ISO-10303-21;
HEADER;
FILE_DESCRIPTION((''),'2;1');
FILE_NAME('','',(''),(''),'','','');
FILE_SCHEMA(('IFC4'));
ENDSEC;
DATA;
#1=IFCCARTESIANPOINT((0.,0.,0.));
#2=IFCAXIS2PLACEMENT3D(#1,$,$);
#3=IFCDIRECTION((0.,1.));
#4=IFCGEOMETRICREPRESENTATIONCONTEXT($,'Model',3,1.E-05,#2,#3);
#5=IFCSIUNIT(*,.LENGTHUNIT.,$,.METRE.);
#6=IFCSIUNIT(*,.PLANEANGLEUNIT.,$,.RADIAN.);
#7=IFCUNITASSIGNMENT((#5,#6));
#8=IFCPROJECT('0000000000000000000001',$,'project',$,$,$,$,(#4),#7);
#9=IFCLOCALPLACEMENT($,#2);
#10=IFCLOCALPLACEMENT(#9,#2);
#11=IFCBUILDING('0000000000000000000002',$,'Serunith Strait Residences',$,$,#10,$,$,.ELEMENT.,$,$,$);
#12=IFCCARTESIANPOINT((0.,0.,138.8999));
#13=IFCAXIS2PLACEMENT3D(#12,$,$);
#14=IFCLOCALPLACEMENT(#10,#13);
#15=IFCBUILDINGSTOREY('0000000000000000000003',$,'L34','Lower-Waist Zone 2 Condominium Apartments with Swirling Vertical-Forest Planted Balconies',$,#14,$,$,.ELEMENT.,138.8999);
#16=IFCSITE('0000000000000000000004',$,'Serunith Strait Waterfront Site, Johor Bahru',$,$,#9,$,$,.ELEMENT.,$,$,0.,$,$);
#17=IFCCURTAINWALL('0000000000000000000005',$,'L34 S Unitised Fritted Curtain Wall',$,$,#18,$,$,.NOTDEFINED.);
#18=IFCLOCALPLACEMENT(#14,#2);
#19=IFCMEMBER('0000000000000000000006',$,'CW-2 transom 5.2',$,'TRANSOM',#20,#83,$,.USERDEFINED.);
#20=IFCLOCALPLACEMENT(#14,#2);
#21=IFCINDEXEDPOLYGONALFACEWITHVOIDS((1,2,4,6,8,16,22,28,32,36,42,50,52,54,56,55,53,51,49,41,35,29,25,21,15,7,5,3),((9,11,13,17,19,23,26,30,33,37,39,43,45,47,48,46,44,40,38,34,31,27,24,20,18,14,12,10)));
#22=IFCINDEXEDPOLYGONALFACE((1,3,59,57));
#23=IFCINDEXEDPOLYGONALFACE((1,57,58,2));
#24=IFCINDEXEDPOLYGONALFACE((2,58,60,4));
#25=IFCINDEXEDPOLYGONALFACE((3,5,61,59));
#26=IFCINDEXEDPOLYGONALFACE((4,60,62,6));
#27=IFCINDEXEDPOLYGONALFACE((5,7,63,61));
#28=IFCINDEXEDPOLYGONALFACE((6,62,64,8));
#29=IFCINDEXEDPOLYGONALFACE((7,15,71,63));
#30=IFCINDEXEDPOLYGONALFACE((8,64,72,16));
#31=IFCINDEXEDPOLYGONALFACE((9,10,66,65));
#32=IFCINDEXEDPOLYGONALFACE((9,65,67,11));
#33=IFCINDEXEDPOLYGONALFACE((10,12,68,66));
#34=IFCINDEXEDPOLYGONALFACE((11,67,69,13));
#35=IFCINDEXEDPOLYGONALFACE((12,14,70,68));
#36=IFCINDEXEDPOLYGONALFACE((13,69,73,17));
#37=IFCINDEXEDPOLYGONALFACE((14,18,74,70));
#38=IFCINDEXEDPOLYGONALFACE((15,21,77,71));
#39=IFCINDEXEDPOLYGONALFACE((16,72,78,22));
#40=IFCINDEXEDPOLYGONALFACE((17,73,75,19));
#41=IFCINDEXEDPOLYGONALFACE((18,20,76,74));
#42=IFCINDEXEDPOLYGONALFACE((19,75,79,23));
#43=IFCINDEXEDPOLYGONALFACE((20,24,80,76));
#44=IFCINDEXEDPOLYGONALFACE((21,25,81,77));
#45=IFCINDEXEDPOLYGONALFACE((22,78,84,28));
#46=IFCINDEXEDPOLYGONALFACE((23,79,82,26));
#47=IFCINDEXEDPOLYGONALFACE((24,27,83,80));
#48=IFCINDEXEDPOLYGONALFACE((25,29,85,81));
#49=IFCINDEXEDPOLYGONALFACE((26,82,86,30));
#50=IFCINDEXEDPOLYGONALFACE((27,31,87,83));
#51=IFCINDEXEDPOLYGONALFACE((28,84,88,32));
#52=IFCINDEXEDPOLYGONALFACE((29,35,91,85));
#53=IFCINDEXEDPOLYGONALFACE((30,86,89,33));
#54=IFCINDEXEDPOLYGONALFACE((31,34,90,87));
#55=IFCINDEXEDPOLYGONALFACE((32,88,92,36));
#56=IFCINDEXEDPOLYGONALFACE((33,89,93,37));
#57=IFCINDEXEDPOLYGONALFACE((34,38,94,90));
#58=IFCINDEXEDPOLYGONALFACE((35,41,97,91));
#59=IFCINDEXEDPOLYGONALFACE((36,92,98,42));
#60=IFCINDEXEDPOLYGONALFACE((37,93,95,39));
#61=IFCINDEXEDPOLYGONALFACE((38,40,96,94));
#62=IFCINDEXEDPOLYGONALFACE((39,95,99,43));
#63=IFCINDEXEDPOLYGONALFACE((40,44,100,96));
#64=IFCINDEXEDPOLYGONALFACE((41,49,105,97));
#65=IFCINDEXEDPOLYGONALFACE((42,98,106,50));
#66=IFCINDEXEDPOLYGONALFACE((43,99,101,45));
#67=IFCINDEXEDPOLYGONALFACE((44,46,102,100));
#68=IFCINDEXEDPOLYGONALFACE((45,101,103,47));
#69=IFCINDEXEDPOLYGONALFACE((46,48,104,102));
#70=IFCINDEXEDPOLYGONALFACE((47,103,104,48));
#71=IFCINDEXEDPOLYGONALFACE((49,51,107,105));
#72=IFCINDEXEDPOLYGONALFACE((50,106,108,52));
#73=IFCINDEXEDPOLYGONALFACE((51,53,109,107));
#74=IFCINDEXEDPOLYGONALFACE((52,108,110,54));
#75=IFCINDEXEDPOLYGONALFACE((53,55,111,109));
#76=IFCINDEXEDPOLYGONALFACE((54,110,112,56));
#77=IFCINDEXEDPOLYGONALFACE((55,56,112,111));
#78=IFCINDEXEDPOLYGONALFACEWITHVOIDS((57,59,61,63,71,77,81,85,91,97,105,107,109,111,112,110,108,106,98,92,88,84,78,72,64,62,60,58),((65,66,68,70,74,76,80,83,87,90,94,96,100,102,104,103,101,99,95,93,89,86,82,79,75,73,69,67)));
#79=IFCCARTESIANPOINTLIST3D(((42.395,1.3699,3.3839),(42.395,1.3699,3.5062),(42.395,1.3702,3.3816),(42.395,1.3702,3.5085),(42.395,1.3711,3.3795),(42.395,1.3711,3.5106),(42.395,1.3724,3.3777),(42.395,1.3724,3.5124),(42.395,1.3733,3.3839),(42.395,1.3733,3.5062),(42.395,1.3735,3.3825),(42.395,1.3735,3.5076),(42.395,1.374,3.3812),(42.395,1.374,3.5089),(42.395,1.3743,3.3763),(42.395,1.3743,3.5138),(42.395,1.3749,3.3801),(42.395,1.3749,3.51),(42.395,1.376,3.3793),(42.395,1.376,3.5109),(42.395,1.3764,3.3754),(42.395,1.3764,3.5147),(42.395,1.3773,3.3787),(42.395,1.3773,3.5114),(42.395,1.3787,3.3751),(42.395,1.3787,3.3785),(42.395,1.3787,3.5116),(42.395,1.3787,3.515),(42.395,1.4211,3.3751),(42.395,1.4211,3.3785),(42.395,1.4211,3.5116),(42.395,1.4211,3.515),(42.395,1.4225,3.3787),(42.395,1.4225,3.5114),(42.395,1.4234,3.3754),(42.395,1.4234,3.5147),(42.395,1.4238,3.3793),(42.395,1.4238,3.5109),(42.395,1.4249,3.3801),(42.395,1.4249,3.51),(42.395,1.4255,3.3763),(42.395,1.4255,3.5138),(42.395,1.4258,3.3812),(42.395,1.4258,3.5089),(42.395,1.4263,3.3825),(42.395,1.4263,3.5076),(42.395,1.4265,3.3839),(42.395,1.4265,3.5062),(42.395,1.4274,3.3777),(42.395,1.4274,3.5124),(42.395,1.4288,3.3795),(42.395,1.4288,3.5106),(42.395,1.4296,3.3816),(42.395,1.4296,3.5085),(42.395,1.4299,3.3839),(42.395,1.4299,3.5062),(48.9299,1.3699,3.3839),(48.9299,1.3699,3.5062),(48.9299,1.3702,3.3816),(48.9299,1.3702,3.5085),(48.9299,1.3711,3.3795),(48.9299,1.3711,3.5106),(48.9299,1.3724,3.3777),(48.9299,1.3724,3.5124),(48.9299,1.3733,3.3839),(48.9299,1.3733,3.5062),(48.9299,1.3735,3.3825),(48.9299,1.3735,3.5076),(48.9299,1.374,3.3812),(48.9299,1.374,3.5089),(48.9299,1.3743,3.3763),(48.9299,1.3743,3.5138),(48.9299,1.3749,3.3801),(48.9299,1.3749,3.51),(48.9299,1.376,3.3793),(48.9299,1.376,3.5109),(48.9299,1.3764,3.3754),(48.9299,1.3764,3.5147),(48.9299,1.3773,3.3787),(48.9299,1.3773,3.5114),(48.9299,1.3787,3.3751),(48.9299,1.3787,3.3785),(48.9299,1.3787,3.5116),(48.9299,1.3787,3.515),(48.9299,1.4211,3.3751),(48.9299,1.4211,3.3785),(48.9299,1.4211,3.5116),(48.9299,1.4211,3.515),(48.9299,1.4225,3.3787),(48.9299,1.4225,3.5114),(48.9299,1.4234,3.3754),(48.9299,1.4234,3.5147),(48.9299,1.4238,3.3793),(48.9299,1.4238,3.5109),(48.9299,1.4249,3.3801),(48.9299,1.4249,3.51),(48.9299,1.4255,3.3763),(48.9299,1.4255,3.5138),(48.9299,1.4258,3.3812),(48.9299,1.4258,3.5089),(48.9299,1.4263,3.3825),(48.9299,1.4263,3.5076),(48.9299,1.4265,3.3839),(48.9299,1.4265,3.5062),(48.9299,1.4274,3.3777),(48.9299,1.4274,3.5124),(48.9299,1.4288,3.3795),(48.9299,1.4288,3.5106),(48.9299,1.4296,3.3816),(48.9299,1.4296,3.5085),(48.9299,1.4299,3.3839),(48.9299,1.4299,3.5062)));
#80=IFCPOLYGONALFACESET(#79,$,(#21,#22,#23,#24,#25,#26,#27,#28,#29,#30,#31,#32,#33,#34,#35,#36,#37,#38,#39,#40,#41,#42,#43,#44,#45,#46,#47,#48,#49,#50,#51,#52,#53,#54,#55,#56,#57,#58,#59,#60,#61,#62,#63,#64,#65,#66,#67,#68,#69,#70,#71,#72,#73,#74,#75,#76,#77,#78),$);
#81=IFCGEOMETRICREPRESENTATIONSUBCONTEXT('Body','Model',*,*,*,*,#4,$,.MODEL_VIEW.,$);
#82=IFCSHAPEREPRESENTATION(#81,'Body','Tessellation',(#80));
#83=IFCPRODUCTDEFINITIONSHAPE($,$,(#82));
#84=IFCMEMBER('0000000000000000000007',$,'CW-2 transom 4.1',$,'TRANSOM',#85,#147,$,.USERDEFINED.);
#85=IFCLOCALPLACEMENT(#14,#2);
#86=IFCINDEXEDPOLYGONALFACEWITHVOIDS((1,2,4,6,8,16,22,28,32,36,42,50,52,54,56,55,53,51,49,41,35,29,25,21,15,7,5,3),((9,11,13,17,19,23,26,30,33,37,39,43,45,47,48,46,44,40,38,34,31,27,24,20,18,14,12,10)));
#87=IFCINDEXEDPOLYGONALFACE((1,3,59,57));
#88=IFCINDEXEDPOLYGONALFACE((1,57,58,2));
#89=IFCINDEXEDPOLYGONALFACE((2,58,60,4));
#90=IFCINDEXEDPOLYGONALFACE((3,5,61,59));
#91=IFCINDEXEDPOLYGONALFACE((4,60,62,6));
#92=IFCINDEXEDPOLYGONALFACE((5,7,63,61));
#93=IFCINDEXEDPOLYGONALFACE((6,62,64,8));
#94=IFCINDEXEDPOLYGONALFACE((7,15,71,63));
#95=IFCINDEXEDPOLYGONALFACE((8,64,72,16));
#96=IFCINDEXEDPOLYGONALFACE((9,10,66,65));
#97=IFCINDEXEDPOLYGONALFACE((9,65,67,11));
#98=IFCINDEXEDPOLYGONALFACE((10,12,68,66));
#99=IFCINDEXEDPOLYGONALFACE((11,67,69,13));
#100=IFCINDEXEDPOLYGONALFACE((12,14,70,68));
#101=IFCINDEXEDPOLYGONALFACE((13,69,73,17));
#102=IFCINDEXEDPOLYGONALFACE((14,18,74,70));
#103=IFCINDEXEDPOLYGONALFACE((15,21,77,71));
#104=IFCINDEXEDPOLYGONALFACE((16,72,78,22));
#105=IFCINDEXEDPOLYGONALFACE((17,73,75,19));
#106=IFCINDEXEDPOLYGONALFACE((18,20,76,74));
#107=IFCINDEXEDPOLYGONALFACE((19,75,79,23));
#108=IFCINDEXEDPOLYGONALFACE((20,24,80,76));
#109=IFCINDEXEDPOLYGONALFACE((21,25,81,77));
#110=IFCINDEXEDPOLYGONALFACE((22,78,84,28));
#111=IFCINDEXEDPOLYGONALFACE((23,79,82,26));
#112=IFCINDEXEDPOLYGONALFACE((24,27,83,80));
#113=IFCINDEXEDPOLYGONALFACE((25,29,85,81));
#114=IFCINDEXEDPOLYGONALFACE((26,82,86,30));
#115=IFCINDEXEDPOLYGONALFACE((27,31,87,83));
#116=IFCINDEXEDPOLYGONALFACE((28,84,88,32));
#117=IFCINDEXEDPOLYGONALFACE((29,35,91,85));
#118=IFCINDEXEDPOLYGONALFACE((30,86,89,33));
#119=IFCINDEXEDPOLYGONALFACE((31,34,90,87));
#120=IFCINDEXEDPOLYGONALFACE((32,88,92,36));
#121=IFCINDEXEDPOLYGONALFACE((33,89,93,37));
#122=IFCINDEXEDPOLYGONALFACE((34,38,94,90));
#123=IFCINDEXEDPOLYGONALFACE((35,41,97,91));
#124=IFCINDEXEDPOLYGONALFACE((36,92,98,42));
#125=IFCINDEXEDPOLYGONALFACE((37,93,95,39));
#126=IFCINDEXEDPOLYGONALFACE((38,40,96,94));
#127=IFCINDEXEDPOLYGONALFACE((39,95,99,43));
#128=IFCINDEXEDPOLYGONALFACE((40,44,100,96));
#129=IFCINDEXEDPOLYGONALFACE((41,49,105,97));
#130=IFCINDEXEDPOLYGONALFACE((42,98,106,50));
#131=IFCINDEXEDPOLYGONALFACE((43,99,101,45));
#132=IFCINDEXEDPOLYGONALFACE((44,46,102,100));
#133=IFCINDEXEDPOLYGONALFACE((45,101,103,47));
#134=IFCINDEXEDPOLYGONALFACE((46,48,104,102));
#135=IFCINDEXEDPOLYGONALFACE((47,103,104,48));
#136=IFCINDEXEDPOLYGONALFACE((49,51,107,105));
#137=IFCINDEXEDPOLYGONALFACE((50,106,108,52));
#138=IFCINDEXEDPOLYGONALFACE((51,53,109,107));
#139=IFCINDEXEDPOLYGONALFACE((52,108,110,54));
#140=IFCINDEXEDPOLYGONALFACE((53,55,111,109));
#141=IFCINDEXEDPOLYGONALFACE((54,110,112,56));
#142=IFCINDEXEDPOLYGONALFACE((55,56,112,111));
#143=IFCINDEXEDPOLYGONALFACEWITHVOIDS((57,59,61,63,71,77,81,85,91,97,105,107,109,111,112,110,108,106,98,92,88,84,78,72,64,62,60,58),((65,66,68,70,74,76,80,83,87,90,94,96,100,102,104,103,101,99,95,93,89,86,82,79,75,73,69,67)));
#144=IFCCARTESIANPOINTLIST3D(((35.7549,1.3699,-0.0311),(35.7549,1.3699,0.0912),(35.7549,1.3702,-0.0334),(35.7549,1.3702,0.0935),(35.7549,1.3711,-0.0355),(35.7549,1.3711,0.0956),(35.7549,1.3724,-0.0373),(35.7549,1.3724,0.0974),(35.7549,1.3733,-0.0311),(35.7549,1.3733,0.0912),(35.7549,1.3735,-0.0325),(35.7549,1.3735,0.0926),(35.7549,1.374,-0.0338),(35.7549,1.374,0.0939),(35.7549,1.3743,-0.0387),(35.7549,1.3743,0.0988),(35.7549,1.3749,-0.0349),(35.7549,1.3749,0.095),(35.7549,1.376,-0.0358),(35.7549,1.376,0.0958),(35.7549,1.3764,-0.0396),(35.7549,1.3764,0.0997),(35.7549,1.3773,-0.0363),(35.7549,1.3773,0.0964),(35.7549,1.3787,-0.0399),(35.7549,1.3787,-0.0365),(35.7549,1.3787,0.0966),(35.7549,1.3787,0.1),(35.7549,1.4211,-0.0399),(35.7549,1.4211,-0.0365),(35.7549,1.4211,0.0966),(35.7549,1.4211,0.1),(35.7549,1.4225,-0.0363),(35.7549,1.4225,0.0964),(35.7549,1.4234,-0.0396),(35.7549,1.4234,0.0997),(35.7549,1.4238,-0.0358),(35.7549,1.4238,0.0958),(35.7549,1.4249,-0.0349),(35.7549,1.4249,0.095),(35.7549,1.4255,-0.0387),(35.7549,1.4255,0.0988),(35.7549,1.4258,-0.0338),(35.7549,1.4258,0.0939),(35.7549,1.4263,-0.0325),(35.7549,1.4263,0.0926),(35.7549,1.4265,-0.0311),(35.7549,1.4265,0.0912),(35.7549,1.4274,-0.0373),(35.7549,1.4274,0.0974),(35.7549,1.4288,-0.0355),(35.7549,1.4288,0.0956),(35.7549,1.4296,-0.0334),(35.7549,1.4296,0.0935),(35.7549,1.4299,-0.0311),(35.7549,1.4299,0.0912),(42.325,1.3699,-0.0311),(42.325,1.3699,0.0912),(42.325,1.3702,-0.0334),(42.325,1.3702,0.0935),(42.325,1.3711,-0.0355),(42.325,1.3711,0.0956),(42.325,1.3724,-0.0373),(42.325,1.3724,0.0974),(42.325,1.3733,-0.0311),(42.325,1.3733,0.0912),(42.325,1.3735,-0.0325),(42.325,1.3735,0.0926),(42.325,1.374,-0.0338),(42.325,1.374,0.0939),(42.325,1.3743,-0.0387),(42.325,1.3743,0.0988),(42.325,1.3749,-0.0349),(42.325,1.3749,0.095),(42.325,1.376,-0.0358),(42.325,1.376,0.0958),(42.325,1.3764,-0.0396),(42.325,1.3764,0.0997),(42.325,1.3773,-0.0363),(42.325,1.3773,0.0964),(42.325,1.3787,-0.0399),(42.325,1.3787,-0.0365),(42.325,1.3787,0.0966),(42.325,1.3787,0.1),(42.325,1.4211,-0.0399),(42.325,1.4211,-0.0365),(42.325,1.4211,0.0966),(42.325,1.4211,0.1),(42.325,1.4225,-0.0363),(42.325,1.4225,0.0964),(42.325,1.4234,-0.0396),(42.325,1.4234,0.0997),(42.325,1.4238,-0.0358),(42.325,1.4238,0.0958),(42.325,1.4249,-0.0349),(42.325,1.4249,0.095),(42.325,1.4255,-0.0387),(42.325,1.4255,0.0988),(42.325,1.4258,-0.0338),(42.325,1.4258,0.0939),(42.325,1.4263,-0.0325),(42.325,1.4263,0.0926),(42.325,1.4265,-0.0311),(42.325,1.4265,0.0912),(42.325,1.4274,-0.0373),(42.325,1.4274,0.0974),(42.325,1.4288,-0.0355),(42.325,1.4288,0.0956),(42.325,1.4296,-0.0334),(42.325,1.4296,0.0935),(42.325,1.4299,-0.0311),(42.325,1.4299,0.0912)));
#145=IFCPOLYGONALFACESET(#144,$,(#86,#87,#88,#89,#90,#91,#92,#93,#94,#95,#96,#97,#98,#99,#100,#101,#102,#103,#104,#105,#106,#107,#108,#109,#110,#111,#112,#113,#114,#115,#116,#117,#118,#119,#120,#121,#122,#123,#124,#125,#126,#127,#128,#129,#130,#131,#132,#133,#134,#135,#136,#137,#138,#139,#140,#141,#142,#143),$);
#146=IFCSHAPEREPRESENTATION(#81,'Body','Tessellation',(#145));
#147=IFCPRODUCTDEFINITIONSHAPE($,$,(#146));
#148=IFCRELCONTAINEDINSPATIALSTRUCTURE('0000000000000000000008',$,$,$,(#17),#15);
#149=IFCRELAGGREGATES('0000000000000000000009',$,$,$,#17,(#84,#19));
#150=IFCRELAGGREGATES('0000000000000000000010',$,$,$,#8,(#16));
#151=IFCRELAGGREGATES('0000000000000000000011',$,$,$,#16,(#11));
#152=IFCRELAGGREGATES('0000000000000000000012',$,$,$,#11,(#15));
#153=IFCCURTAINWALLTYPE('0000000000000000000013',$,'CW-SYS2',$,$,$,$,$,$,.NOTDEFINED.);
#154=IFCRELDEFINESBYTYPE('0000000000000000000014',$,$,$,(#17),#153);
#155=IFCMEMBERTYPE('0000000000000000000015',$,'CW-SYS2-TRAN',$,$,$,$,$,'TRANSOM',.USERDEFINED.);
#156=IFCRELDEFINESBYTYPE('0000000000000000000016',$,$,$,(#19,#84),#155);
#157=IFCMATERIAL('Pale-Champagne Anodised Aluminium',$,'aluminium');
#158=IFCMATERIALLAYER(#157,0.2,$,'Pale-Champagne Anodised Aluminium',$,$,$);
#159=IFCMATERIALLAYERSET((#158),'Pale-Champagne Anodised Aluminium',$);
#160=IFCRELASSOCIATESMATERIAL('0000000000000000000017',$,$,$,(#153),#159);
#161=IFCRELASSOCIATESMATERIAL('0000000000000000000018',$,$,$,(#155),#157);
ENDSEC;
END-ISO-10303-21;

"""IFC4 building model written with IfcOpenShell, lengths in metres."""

from ifc_helpers import new_model, si_unit, direction, frame, origin, origin_2d, place, context, subcontext, project, spatial, hollow_rectangle, extrude, source, transform, mapped, material, layer, layer_set, material_profile, profile_set, type_object, element, aggregate, save


model = new_model("IFC4")

# Units and contexts
model_context = context("Model", 3, precision=1e-05, world=origin(), true_north=direction((0.0, 1.0)))
body_context = subcontext(model_context, "Body", "Model", "MODEL_VIEW")
ifc_project = project(units=[si_unit("LENGTHUNIT", "METRE"), si_unit("PLANEANGLEUNIT", "RADIAN")], contexts=[model_context])

# Site, building, storey
site_placement = place(None, origin())
site = spatial("IfcSite", under=ifc_project, at=site_placement, Name="Serunith Strait Waterfront Site, Johor Bahru", CompositionType="ELEMENT", RefElevation=0.0)
building_placement = place(site_placement, origin())
building = spatial("IfcBuilding", under=site, at=building_placement, Name="Serunith Strait Residences", CompositionType="ELEMENT")
storey_placement = place(building_placement, frame((0.0, 0.0, 138.8999)))
storey = spatial("IfcBuildingStorey", under=building, at=storey_placement, Name="L34", Description="Lower-Waist Zone 2 Condominium Apartments with Swirling Vertical-Forest Planted Balconies", CompositionType="ELEMENT", Elevation=138.8999)

# Curtain wall, members
ifc_material_1 = material(Name="Pale-Champagne Anodised Aluminium", Category="aluminium")
ifc_layer_1 = layer(ifc_material_1, 0.2, Name="Pale-Champagne Anodised Aluminium")
ifc_layer_set_1 = layer_set([ifc_layer_1], Name="Pale-Champagne Anodised Aluminium")
curtain_wall_type = type_object("IfcCurtainWallType", Name="CW-SYS2", PredefinedType="NOTDEFINED", material=ifc_layer_set_1)
curtain_wall_placement = place(storey_placement, origin())
curtain_wall = element("IfcCurtainWall", 1, at=curtain_wall_placement, inside=storey, type_object=curtain_wall_type, Name="L34 S Unitised Fritted Curtain Wall", PredefinedType="NOTDEFINED")
ifc_material_profile_1 = material_profile(ifc_material_1, hollow_rectangle(XDim=0.0601, YDim=0.1399, WallThickness=0.0034, InnerFilletRadius=0.0054, OuterFilletRadius=0.0088, at=origin_2d()), Name="ALU 140x60x3.5")
ifc_profile_set_1 = profile_set([ifc_material_profile_1], Name="Pale-Champagne Anodised Aluminium")
member_type_1 = type_object("IfcMemberType", Name="CW-SYS2-TRAN", ElementType="TRANSOM", PredefinedType="USERDEFINED", material=ifc_profile_set_1)
shared_shape_1 = source(origin(), body_context, "Body", "SweptSolid", [
    extrude(hollow_rectangle(XDim=0.0601, YDim=0.1399, WallThickness=0.0034, InnerFilletRadius=0.0054, OuterFilletRadius=0.0088, at=origin_2d()), origin(), (0.0, 0.0, 1.0), 6.5349),
])
member_1_placement = place(storey_placement, frame((42.395, 1.3999, 3.4451), z_axis=(1.0, 0.0, 0.0), x_axis=(0.0, 1.0, 0.0)))
member_1 = element("IfcMember", 2, at=member_1_placement, type_object=member_type_1, Name="CW-2 transom 5.2", ObjectType="TRANSOM", PredefinedType="USERDEFINED", context=body_context, shape_type="MappedRepresentation", body=[
    mapped(shared_shape_1, transform((0.0, 0.0, 0.0), scale=1.0)),
])
shared_shape_2 = source(origin(), body_context, "Body", "SweptSolid", [
    extrude(hollow_rectangle(XDim=0.0601, YDim=0.1399, WallThickness=0.0034, InnerFilletRadius=0.0054, OuterFilletRadius=0.0088, at=origin_2d()), origin(), (0.0, 0.0, 1.0), 6.5701),
])
member_2_placement = place(storey_placement, frame((35.7549, 1.3999, 0.03), z_axis=(1.0, 0.0, 0.0), x_axis=(0.0, 1.0, 0.0)))
member_2 = element("IfcMember", 3, at=member_2_placement, type_object=member_type_1, Name="CW-2 transom 4.1", ObjectType="TRANSOM", PredefinedType="USERDEFINED", context=body_context, shape_type="MappedRepresentation", body=[
    mapped(shared_shape_2, transform((0.0, 0.0, 0.0), scale=1.0)),
])
aggregate(curtain_wall, [member_2, member_1])

save(model, "model.ifc")
